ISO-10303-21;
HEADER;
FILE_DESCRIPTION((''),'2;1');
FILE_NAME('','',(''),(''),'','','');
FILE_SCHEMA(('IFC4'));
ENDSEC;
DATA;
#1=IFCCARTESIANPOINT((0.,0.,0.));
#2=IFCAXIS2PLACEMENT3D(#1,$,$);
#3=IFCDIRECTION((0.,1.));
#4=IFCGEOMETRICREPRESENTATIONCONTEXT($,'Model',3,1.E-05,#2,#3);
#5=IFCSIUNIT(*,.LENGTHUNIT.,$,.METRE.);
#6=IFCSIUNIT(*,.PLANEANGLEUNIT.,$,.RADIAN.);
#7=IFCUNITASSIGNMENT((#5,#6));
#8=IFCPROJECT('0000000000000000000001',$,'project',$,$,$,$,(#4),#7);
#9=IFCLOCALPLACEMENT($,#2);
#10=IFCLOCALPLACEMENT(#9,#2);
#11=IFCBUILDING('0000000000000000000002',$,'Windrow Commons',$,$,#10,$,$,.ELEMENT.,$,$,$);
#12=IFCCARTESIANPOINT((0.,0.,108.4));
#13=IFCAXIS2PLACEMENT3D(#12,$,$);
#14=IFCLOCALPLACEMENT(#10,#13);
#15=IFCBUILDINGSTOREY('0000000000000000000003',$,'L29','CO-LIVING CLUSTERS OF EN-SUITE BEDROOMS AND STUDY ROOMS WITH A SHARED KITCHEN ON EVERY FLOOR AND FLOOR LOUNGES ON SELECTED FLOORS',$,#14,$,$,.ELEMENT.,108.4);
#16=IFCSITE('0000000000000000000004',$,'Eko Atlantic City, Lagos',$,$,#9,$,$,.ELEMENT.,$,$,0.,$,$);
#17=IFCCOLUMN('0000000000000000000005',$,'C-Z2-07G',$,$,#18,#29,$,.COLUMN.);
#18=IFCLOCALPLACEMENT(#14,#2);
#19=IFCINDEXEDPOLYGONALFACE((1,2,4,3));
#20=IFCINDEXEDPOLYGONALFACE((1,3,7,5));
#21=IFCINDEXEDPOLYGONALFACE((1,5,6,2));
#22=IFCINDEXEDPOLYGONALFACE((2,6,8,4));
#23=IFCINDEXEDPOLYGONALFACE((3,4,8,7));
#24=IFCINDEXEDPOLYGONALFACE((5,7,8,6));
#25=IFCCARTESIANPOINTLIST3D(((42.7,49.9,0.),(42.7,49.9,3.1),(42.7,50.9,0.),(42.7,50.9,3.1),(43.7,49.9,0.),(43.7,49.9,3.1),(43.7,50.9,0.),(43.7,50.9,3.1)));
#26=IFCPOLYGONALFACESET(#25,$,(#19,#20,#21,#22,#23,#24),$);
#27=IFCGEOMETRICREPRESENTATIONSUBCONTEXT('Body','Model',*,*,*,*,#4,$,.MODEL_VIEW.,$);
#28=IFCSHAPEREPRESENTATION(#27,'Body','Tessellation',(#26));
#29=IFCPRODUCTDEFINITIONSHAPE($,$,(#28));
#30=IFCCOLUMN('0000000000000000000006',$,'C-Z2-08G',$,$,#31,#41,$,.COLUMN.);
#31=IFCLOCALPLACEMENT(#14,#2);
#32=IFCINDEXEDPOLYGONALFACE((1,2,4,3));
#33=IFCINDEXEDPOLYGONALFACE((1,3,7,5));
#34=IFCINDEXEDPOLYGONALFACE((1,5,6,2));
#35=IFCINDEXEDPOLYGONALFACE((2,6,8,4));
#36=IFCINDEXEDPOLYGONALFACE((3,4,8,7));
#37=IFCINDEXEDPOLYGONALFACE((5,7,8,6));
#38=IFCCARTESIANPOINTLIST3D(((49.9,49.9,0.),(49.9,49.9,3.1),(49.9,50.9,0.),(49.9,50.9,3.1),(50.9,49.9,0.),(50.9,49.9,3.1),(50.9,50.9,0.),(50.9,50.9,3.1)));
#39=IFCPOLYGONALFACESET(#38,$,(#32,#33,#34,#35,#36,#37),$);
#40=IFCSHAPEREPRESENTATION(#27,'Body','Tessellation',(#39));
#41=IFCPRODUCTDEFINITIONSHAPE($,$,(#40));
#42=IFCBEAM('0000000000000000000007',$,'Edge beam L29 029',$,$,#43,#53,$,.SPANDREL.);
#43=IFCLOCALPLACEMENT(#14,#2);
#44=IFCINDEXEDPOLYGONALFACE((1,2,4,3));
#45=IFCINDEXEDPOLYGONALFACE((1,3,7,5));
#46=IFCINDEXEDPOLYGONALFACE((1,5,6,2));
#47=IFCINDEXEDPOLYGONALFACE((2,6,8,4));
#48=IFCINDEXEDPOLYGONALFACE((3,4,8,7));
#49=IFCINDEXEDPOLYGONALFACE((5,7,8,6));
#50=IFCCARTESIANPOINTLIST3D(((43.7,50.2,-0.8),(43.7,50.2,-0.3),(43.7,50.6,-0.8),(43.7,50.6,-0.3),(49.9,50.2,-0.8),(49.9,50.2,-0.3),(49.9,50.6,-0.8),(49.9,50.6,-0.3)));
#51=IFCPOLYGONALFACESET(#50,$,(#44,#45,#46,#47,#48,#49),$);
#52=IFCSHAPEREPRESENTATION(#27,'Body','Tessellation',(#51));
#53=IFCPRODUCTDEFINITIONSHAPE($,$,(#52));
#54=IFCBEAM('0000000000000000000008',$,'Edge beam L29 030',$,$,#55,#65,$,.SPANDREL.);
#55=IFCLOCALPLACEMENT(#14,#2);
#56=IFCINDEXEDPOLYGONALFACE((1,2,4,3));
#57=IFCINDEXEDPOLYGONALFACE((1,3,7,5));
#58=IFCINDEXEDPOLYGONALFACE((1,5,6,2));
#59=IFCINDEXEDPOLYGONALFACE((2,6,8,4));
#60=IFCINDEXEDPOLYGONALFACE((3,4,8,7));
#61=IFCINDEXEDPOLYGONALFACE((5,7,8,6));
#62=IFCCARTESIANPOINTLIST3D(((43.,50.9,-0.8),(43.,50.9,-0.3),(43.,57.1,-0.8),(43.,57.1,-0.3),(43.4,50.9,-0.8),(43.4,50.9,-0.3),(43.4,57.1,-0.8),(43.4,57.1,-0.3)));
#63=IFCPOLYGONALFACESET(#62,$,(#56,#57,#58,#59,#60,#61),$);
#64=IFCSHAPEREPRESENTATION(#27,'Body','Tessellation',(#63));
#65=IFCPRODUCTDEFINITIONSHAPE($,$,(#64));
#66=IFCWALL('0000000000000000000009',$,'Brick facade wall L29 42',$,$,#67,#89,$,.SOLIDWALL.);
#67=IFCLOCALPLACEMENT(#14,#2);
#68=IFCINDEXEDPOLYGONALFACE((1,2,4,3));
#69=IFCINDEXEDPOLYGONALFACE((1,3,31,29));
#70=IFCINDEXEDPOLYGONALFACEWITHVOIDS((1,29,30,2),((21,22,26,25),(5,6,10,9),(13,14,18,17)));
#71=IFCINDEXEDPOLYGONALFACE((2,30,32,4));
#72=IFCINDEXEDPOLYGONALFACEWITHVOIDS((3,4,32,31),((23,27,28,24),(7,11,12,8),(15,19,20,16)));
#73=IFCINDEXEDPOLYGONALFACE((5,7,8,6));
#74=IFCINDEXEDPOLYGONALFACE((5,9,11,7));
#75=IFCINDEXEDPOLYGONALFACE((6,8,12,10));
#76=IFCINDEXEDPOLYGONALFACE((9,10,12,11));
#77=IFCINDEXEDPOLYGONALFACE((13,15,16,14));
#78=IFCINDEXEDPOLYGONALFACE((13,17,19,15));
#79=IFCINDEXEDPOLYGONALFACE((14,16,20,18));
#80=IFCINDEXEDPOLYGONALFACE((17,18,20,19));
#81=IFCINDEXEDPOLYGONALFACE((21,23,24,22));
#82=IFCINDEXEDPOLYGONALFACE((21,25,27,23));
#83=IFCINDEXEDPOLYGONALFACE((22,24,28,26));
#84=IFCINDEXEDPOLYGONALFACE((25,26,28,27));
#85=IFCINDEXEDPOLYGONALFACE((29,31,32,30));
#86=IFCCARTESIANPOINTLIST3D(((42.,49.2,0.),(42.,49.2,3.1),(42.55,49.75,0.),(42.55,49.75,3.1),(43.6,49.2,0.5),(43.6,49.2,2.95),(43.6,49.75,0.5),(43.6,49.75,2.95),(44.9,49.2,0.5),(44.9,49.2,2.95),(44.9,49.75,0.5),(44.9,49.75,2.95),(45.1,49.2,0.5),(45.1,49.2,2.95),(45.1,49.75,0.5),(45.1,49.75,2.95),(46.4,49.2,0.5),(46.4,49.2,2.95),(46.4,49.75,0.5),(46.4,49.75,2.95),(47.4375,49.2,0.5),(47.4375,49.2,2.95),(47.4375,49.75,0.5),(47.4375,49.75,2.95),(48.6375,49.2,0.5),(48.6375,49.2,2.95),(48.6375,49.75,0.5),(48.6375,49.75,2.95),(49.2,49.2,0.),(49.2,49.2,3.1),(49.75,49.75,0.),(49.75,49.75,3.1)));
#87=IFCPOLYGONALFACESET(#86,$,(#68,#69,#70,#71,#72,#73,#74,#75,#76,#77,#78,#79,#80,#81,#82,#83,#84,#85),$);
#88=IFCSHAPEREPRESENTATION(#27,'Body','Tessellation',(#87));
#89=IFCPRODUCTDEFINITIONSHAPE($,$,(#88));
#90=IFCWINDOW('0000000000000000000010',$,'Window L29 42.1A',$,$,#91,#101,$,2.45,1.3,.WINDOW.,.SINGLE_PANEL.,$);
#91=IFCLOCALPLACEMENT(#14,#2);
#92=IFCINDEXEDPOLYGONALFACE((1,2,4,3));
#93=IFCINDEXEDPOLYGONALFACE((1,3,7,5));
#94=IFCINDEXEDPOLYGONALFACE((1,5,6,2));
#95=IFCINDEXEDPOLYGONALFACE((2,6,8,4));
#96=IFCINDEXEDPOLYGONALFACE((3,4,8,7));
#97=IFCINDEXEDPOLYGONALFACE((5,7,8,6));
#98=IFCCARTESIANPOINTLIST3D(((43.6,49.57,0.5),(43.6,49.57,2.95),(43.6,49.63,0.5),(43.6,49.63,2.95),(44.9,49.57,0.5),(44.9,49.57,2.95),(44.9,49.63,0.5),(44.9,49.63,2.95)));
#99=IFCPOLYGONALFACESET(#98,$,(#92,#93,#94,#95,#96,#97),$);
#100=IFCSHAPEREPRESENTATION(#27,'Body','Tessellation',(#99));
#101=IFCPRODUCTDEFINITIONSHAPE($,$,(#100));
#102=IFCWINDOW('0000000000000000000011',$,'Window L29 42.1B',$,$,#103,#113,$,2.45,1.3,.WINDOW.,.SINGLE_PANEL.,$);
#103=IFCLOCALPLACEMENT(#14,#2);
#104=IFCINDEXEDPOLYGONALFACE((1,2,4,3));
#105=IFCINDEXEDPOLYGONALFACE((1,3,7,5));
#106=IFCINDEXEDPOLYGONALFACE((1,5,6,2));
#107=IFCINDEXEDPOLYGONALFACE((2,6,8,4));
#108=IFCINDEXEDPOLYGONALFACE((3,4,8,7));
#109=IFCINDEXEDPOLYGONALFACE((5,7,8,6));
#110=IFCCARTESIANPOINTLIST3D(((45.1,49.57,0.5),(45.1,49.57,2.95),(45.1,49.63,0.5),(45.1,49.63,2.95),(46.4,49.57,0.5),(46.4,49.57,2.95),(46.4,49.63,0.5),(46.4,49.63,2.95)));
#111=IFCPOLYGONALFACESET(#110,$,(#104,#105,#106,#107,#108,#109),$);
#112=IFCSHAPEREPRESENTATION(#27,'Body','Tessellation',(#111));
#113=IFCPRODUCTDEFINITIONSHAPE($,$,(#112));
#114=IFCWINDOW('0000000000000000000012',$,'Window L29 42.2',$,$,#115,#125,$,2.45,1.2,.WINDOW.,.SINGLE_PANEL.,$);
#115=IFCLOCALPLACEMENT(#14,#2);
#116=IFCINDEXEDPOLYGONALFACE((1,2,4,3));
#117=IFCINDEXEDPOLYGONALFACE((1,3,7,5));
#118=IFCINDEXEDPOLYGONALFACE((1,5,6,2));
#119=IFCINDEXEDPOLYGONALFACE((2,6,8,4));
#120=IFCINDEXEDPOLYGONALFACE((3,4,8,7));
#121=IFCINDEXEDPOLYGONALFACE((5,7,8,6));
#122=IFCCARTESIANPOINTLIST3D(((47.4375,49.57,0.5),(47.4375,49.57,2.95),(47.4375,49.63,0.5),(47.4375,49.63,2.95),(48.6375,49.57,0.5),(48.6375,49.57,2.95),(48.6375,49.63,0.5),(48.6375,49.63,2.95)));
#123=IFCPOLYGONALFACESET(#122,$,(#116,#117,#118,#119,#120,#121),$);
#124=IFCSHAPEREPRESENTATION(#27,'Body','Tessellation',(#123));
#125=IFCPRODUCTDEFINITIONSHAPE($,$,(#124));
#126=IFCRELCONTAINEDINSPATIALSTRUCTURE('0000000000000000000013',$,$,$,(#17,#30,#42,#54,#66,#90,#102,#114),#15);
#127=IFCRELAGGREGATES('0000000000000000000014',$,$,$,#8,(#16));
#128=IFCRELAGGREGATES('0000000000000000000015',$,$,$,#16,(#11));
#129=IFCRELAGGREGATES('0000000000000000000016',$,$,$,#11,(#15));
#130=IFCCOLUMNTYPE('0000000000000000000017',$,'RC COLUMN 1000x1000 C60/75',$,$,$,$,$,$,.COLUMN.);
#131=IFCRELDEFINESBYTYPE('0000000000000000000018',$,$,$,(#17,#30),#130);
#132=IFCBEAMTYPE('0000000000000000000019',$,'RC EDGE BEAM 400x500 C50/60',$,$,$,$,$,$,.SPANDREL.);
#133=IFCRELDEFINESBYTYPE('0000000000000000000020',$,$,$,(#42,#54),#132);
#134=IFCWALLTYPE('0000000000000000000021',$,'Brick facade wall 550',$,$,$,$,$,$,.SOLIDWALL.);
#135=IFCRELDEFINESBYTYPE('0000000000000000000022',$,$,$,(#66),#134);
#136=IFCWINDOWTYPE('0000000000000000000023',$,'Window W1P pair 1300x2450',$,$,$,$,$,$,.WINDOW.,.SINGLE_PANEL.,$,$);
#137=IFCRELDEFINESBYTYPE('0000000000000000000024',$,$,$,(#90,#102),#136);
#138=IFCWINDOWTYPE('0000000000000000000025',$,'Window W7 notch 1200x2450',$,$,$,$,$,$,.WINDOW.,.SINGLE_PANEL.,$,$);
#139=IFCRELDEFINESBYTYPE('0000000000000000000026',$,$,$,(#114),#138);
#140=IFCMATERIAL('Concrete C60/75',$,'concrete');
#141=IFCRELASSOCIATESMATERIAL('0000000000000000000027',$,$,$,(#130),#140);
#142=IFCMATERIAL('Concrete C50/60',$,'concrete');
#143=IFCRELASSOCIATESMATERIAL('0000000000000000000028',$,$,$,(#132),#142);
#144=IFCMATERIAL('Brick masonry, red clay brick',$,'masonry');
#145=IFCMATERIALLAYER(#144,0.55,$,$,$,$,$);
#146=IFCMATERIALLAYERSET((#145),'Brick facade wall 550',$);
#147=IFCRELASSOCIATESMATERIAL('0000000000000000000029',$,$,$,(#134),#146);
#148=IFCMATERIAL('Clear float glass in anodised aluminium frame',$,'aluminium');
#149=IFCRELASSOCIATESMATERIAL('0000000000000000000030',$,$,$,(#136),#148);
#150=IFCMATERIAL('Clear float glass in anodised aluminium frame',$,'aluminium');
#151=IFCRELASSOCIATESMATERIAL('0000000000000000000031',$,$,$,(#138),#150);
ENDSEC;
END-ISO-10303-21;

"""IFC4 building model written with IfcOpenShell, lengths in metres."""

from ifc_helpers import new_model, si_unit, direction, frame, frame_2d, origin, origin_2d, place, context, subcontext, project, spatial, polyline, rectangle, outline, extrude, material, layer, layer_set, material_profile, profile_set, type_object, element, fill, save


model = new_model("IFC4")

# Units and contexts
model_context = context("Model", 3, precision=1e-05, world=origin(), true_north=direction((0.0, 1.0)))
body_context = subcontext(model_context, "Body", "Model", "MODEL_VIEW")
ifc_project = project(units=[si_unit("LENGTHUNIT", "METRE"), si_unit("PLANEANGLEUNIT", "RADIAN")], contexts=[model_context])

# Site, building, storey
site_placement = place(None, origin())
site = spatial("IfcSite", under=ifc_project, at=site_placement, Name="Eko Atlantic City, Lagos", CompositionType="ELEMENT", RefElevation=0.0)
building_placement = place(site_placement, origin())
building = spatial("IfcBuilding", under=site, at=building_placement, Name="Windrow Commons", CompositionType="ELEMENT")
storey_placement = place(building_placement, frame((0.0, 0.0, 108.4)))
storey = spatial("IfcBuildingStorey", under=building, at=storey_placement, Name="L29", Description="CO-LIVING CLUSTERS OF EN-SUITE BEDROOMS AND STUDY ROOMS WITH A SHARED KITCHEN ON EVERY FLOOR AND FLOOR LOUNGES ON SELECTED FLOORS", CompositionType="ELEMENT", Elevation=108.4)

# Columns
ifc_material_1 = material(Name="Concrete C60/75", Category="concrete")
ifc_material_profile_1 = material_profile(ifc_material_1, rectangle(XDim=1.0, YDim=1.0, at=origin_2d()))
ifc_profile_set_1 = profile_set([ifc_material_profile_1], Name="Concrete C60/75")
column_type = type_object("IfcColumnType", Name="RC COLUMN 1000x1000 C60/75", PredefinedType="COLUMN", material=ifc_profile_set_1)
for number, where, z_axis, x_axis, name in (
    (1, (43.2, 50.4, 0.0), (0.0, 0.0, 1.0), (1.0, 0.0, 0.0), "C-Z2-07G"),
    (2, (50.4, 50.4, 0.0), (0.0, 0.0, 1.0), (1.0, 0.0, 0.0), "C-Z2-08G"),
):
    element("IfcColumn", number, at=place(storey_placement, frame(where, z_axis=z_axis, x_axis=x_axis)), inside=storey, type_object=column_type, Name=name, PredefinedType="COLUMN", context=body_context, shape_type="SweptSolid", body=[
        extrude(rectangle(XDim=1.0, YDim=1.0, at=origin_2d()), origin(), (0.0, 0.0, 1.0), 3.1),
    ])

# Beams
ifc_material_2 = material(Name="Concrete C50/60", Category="concrete")
ifc_material_profile_2 = material_profile(ifc_material_2, rectangle(XDim=0.4, YDim=0.5, at=origin_2d()))
ifc_profile_set_2 = profile_set([ifc_material_profile_2], Name="Concrete C50/60")
beam_type = type_object("IfcBeamType", Name="RC EDGE BEAM 400x500 C50/60", PredefinedType="SPANDREL", material=ifc_profile_set_2)
for number, where, z_axis, x_axis, name in (
    (3, (49.9, 50.4, -0.55), (-1.0, 0.0, 0.0), (0.0, -1.0, 0.0), "Edge beam L29 029"),
    (4, (43.2, 50.9, -0.55), (0.0, 1.0, 0.0), (-1.0, 0.0, 0.0), "Edge beam L29 030"),
):
    element("IfcBeam", number, at=place(storey_placement, frame(where, z_axis=z_axis, x_axis=x_axis)), inside=storey, type_object=beam_type, Name=name, PredefinedType="SPANDREL", context=body_context, shape_type="SweptSolid", body=[
        extrude(rectangle(XDim=0.4, YDim=0.5, at=origin_2d()), origin(), (0.0, 0.0, 1.0), 6.2),
    ])

# Wall, openings, windows
ifc_material_3 = material(Name="Brick masonry, red clay brick", Category="masonry")
ifc_layer_1 = layer(ifc_material_3, 0.55)
ifc_layer_set_1 = layer_set([ifc_layer_1], Name="Brick facade wall 550")
wall_type_1 = type_object("IfcWallType", Name="Brick facade wall 550", PredefinedType="SOLIDWALL", material=ifc_layer_set_1)
wall_1_placement = place(storey_placement, frame((42.275, 49.475, 0.0), z_axis=(0.0, 0.0, 1.0), x_axis=(1.0, 0.0, 0.0)))
wall_1 = element("IfcWall", 5, at=wall_1_placement, inside=storey, type_object=wall_type_1, Name="Brick facade wall L29 42", PredefinedType="SOLIDWALL", context=body_context, shape_type="SweptSolid", body=[
    extrude(outline(polyline([(-0.275, -0.275), (6.925, -0.275), (7.475, 0.275), (0.275, 0.275), (-0.275, -0.275)])), origin(), (0.0, 0.0, 1.0), 3.1),
])
opening_1_placement = place(wall_1_placement, frame((1.325, 0.0, 0.5)))
opening_1 = element("IfcOpeningElement", 6, at=opening_1_placement, cuts=wall_1, PredefinedType="OPENING", context=body_context, shape_type="SweptSolid", body=[
    extrude(rectangle(XDim=1.3, YDim=2.45, at=frame_2d((0.65, 1.225))), frame((0.0, 0.285, 0.0), z_axis=(0.0, -1.0, 0.0), x_axis=(1.0, 0.0, 0.0)), (0.0, 0.0, 1.0), 0.57),
])
opening_2_placement = place(wall_1_placement, frame((2.825, 0.0, 0.5)))
opening_2 = element("IfcOpeningElement", 7, at=opening_2_placement, cuts=wall_1, PredefinedType="OPENING", context=body_context, shape_type="SweptSolid", body=[
    extrude(rectangle(XDim=1.3, YDim=2.45, at=frame_2d((0.65, 1.225))), frame((0.0, 0.285, 0.0), z_axis=(0.0, -1.0, 0.0), x_axis=(1.0, 0.0, 0.0)), (0.0, 0.0, 1.0), 0.57),
])
opening_3_placement = place(wall_1_placement, frame((5.1625, 0.0, 0.5)))
opening_3 = element("IfcOpeningElement", 8, at=opening_3_placement, cuts=wall_1, PredefinedType="OPENING", context=body_context, shape_type="SweptSolid", body=[
    extrude(rectangle(XDim=1.2, YDim=2.45, at=frame_2d((0.6, 1.225))), frame((0.0, 0.285, 0.0), z_axis=(0.0, -1.0, 0.0), x_axis=(1.0, 0.0, 0.0)), (0.0, 0.0, 1.0), 0.57),
])
ifc_material_4 = material(Name="Clear float glass in anodised aluminium frame", Category="aluminium")
window_type_1 = type_object("IfcWindowType", Name="Window W1P pair 1300x2450", PartitioningType="SINGLE_PANEL", PredefinedType="WINDOW", material=ifc_material_4)
window_1_placement = place(opening_1_placement, origin())
window_1 = element("IfcWindow", 9, at=window_1_placement, inside=storey, type_object=window_type_1, Name="Window L29 42.1A", OverallHeight=2.45, OverallWidth=1.3, PartitioningType="SINGLE_PANEL", PredefinedType="WINDOW", context=body_context, shape_type="SweptSolid", body=[
    extrude(rectangle(XDim=1.3, YDim=2.45, at=frame_2d((0.65, 1.225))), frame((0.0, 0.155, 0.0), z_axis=(0.0, -1.0, 0.0), x_axis=(1.0, 0.0, 0.0)), (0.0, 0.0, 1.0), 0.06),
])
fill(opening_1, window_1)
window_2_placement = place(opening_2_placement, origin())
window_2 = element("IfcWindow", 10, at=window_2_placement, inside=storey, type_object=window_type_1, Name="Window L29 42.1B", OverallHeight=2.45, OverallWidth=1.3, PartitioningType="SINGLE_PANEL", PredefinedType="WINDOW", context=body_context, shape_type="SweptSolid", body=[
    extrude(rectangle(XDim=1.3, YDim=2.45, at=frame_2d((0.65, 1.225))), frame((0.0, 0.155, 0.0), z_axis=(0.0, -1.0, 0.0), x_axis=(1.0, 0.0, 0.0)), (0.0, 0.0, 1.0), 0.06),
])
fill(opening_2, window_2)
ifc_material_5 = material(Name="Clear float glass in anodised aluminium frame", Category="aluminium")
window_type_2 = type_object("IfcWindowType", Name="Window W7 notch 1200x2450", PartitioningType="SINGLE_PANEL", PredefinedType="WINDOW", material=ifc_material_5)
window_3_placement = place(opening_3_placement, origin())
window_3 = element("IfcWindow", 11, at=window_3_placement, inside=storey, type_object=window_type_2, Name="Window L29 42.2", OverallHeight=2.45, OverallWidth=1.2, PartitioningType="SINGLE_PANEL", PredefinedType="WINDOW", context=body_context, shape_type="SweptSolid", body=[
    extrude(rectangle(XDim=1.2, YDim=2.45, at=frame_2d((0.6, 1.225))), frame((0.0, 0.155, 0.0), z_axis=(0.0, -1.0, 0.0), x_axis=(1.0, 0.0, 0.0)), (0.0, 0.0, 1.0), 0.06),
])
fill(opening_3, window_3)

save(model, "model.ifc")
